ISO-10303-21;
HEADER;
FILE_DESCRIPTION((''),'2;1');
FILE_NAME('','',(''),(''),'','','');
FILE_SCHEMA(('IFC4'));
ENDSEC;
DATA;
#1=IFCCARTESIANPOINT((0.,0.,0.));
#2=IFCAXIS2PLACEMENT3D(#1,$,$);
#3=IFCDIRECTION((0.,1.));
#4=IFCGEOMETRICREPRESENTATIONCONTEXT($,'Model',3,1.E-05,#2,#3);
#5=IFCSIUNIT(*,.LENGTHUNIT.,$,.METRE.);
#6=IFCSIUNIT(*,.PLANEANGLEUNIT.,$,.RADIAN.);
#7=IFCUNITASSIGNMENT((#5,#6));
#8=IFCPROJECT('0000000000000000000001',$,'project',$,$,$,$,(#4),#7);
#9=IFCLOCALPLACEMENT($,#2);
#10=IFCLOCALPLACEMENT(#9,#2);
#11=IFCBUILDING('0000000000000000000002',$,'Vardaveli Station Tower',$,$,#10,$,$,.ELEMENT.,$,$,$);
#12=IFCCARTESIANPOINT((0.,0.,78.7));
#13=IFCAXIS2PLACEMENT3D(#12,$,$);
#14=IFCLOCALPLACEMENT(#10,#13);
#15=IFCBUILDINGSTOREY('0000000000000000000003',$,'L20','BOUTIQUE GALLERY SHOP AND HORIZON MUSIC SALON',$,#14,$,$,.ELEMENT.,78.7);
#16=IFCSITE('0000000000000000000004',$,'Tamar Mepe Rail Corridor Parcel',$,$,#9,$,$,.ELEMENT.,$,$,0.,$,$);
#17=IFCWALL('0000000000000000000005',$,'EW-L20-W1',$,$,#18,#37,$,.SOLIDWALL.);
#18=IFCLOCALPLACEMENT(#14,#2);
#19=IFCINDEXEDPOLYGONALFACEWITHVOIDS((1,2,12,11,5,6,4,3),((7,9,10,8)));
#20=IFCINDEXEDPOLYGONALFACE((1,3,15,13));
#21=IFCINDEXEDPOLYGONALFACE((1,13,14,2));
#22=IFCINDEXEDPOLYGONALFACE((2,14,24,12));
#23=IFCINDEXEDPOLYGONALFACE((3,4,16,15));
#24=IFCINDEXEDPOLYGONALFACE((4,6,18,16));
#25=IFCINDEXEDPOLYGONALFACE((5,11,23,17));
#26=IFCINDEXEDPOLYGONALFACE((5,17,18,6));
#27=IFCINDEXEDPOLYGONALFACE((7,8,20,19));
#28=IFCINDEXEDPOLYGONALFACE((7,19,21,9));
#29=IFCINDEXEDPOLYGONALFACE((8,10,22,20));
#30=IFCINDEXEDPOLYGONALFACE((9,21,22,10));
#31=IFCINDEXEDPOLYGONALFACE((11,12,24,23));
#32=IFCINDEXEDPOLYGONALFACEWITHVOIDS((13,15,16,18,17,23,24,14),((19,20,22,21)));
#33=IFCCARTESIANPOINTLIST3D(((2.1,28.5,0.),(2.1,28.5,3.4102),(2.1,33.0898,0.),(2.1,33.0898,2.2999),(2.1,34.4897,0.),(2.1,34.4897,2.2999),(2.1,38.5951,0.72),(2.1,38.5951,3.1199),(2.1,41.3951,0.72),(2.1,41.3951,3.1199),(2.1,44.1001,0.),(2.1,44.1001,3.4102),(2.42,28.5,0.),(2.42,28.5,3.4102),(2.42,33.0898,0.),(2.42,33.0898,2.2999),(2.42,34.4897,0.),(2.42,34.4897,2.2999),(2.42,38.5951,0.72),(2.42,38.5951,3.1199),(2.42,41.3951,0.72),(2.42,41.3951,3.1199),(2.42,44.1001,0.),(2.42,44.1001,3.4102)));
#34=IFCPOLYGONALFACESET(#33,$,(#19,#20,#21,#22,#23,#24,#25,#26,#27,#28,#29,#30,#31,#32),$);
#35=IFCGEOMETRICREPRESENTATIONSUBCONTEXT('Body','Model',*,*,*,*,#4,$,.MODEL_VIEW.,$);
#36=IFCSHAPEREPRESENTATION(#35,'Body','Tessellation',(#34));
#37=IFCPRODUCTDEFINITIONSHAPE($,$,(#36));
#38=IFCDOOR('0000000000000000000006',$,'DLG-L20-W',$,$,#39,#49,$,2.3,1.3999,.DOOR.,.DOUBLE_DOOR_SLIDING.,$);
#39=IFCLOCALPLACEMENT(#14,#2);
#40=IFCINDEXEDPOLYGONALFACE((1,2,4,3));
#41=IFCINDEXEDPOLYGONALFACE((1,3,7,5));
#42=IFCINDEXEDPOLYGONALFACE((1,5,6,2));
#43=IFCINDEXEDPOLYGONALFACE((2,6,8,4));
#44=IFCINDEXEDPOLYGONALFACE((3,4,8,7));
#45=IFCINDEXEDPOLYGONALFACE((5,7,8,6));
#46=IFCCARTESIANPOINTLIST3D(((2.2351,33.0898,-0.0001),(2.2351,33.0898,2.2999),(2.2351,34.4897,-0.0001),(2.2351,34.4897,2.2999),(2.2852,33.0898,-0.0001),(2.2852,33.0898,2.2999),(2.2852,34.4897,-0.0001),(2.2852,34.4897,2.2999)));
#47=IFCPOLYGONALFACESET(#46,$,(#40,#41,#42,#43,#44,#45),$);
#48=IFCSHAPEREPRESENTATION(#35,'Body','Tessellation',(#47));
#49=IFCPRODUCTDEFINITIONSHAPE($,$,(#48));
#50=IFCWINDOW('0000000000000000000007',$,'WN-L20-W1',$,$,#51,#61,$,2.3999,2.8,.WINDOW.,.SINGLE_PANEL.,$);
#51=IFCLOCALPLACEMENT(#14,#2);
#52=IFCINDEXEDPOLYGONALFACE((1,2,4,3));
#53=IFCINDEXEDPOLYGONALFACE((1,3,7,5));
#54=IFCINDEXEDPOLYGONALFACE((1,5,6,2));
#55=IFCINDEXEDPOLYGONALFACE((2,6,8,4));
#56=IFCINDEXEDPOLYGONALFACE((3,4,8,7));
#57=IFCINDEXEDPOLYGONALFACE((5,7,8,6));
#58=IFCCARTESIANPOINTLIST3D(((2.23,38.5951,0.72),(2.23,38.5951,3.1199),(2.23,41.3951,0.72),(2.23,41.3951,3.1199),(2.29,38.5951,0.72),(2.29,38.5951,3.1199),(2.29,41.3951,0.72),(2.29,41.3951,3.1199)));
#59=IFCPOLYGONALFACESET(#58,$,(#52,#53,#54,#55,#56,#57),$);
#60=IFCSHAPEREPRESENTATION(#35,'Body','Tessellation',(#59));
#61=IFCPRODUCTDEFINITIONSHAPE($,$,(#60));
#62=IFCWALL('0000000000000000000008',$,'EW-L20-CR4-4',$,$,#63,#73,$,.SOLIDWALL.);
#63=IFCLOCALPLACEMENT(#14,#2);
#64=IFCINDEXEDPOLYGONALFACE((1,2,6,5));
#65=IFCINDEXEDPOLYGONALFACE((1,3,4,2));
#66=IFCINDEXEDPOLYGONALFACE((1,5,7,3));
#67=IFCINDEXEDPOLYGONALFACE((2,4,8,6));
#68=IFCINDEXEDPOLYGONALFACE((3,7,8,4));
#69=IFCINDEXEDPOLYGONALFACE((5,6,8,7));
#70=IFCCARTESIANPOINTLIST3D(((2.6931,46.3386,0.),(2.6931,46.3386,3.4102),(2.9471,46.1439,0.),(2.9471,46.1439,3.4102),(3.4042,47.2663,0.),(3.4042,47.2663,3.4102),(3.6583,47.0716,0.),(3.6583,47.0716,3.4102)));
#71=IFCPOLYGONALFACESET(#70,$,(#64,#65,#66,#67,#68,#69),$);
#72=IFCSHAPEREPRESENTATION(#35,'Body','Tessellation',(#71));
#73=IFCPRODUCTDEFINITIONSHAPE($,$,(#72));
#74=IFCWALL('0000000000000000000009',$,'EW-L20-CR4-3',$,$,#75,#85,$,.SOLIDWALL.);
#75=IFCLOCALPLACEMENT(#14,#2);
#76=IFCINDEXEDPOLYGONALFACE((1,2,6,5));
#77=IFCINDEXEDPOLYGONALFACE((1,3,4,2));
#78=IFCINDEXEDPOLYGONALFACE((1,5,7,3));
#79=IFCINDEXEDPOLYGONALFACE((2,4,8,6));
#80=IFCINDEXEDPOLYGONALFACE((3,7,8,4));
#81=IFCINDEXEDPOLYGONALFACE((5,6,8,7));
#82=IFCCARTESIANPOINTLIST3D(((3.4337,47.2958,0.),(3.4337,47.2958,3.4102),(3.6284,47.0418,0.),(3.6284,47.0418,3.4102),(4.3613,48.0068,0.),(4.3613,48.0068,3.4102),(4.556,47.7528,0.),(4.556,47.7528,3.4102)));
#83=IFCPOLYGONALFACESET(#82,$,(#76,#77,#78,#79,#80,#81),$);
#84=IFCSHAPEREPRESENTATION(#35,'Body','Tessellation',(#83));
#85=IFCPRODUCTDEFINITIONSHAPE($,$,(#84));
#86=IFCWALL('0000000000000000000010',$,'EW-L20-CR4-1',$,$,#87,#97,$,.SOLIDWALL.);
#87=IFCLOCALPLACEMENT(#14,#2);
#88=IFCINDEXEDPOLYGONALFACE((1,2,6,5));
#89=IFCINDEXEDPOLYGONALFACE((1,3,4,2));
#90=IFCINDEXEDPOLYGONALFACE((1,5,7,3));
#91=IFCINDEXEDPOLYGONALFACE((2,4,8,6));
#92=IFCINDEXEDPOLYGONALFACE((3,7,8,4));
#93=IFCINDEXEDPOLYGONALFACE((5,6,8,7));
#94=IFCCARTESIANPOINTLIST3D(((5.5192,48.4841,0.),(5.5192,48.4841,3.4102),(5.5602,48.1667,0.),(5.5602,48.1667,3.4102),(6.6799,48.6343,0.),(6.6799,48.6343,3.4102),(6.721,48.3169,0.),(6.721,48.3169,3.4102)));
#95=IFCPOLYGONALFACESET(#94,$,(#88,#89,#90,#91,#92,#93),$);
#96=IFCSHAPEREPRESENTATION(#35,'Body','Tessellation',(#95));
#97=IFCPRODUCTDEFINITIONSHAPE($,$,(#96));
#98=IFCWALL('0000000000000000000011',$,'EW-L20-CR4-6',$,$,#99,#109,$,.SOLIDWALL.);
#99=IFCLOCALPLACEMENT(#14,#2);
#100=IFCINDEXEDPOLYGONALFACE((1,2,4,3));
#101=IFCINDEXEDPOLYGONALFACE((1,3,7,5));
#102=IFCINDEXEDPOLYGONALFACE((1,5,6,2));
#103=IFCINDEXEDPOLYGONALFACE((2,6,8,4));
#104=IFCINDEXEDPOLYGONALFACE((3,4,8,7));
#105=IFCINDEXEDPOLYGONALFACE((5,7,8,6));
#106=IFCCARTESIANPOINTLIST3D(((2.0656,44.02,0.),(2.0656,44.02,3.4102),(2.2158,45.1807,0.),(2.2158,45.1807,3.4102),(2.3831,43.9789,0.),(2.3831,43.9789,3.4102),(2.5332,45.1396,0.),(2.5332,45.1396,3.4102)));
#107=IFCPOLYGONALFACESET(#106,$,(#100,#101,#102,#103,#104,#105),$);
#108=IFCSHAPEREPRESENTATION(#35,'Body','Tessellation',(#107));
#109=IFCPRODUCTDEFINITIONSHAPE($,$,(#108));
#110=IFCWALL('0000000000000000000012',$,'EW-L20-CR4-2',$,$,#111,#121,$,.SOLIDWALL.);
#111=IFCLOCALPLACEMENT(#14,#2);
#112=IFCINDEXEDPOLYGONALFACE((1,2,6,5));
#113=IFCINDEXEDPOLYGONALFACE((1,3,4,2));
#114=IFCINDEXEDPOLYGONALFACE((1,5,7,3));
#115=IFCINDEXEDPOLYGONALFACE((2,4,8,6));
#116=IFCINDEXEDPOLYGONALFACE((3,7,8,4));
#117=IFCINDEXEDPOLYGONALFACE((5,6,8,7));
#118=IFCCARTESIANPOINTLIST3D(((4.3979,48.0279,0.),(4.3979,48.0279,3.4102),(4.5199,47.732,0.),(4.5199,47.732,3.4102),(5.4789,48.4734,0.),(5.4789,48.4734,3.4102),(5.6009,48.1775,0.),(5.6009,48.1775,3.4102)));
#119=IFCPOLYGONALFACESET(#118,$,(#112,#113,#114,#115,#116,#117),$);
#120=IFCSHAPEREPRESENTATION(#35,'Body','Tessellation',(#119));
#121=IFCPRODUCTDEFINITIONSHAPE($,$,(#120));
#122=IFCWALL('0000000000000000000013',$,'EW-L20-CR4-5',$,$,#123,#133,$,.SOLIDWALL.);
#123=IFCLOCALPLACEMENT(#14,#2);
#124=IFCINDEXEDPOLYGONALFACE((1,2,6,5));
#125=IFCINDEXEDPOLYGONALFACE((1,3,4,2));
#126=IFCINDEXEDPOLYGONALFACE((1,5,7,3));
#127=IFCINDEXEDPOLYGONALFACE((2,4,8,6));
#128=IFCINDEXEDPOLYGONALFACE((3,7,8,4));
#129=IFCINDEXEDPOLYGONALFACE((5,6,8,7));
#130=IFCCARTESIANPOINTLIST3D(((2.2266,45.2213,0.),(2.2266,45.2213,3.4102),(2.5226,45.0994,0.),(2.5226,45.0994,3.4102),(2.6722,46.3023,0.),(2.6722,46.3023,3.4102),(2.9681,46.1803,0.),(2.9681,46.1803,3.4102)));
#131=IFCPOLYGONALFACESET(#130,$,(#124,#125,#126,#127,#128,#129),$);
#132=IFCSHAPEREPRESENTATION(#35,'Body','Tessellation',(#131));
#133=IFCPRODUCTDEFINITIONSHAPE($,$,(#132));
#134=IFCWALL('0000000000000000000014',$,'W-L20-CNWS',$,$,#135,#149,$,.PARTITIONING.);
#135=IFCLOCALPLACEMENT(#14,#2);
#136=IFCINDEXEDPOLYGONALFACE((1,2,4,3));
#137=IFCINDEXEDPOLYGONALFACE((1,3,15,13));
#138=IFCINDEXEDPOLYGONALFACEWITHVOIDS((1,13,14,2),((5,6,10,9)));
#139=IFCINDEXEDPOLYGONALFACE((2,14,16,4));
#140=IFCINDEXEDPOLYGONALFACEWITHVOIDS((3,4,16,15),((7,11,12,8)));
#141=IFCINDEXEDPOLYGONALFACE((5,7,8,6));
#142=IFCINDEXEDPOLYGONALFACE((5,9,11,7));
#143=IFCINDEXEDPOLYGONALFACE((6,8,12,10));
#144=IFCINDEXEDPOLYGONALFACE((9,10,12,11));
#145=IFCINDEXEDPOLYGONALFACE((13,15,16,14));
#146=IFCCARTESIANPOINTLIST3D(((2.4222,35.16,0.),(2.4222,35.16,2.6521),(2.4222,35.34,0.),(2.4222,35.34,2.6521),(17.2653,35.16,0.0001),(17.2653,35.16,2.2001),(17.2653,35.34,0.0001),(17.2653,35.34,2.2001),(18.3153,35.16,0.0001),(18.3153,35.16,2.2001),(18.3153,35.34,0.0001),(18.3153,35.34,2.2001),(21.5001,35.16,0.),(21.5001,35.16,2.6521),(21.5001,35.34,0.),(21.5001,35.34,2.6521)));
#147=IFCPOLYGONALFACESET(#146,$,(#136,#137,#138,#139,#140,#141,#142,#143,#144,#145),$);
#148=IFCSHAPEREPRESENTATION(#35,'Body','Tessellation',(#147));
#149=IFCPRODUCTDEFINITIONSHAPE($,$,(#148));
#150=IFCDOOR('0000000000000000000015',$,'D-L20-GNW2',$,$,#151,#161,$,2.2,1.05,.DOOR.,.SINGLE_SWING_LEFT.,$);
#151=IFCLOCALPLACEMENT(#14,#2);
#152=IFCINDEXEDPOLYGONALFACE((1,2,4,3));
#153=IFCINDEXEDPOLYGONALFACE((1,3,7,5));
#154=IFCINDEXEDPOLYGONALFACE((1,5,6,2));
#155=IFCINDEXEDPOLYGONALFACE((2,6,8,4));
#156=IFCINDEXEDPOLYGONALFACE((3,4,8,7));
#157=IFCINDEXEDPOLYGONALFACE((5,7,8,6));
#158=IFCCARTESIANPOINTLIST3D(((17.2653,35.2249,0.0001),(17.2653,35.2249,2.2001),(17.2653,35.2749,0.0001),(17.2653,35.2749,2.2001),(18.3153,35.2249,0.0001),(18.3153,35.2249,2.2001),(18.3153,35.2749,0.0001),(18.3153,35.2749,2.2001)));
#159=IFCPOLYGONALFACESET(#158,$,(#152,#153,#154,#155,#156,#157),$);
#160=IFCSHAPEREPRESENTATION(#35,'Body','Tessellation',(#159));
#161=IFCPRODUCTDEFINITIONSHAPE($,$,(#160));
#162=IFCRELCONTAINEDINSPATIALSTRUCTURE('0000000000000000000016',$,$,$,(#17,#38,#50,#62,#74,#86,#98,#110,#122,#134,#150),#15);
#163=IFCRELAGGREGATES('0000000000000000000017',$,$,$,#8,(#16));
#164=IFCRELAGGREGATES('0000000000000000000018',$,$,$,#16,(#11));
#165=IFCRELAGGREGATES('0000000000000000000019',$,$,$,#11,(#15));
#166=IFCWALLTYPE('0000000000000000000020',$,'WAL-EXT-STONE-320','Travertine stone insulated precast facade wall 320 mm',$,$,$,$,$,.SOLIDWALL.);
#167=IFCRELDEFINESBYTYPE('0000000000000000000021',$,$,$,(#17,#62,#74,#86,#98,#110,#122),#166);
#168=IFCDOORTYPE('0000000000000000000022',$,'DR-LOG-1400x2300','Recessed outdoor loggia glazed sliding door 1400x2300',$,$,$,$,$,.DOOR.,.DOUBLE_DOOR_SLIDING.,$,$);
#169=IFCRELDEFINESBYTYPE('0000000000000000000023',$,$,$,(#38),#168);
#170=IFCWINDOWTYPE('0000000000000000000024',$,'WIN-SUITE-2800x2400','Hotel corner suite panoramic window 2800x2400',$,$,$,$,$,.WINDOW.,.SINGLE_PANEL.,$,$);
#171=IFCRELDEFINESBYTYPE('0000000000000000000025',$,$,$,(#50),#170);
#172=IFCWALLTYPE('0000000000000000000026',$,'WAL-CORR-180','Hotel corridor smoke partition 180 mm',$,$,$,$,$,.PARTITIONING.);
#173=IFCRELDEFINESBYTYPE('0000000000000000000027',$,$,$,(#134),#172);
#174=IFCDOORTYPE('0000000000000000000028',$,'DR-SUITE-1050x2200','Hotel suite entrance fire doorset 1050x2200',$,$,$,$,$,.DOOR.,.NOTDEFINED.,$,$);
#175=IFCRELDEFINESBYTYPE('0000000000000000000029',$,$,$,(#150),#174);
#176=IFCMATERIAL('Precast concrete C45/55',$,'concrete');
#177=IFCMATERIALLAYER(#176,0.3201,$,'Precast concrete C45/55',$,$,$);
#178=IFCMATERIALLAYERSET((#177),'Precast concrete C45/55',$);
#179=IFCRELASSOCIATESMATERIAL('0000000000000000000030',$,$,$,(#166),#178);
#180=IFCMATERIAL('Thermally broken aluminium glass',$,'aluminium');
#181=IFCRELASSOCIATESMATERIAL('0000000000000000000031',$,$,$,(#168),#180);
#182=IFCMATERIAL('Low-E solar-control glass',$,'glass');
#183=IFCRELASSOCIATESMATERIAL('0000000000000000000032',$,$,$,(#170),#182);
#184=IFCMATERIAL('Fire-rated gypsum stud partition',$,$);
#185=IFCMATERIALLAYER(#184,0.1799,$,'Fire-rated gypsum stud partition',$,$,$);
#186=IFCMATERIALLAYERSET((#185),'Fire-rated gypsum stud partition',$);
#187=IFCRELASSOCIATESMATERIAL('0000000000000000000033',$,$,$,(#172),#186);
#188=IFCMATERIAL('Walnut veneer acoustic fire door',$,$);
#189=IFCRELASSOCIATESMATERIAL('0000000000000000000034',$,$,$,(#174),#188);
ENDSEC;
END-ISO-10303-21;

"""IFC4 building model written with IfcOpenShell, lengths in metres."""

from ifc_helpers import new_model, si_unit, direction, frame, frame_2d, origin, place, context, subcontext, project, spatial, rectangle, extrude, source, transform, mapped, material, layer, layer_set, type_object, element, fill, save


model = new_model("IFC4")

# Units and contexts
model_context = context("Model", 3, precision=1e-05, world=origin(), true_north=direction((0.0, 1.0)))
body_context = subcontext(model_context, "Body", "Model", "MODEL_VIEW")
ifc_project = project(units=[si_unit("LENGTHUNIT", "METRE"), si_unit("PLANEANGLEUNIT", "RADIAN")], contexts=[model_context])

# Site, building, storey
site_placement = place(None, origin())
site = spatial("IfcSite", under=ifc_project, at=site_placement, Name="Tamar Mepe Rail Corridor Parcel", CompositionType="ELEMENT", RefElevation=0.0)
building_placement = place(site_placement, origin())
building = spatial("IfcBuilding", under=site, at=building_placement, Name="Vardaveli Station Tower", CompositionType="ELEMENT")
storey_placement = place(building_placement, frame((0.0, 0.0, 78.7)))
storey = spatial("IfcBuildingStorey", under=building, at=storey_placement, Name="L20", Description="BOUTIQUE GALLERY SHOP AND HORIZON MUSIC SALON", CompositionType="ELEMENT", Elevation=78.7)

# Shared definitions
ifc_material_1 = material(Name="Precast concrete C45/55", Category="concrete")

# Wall, openings, door, window
ifc_layer_1 = layer(ifc_material_1, 0.3201, Name="Precast concrete C45/55")
ifc_layer_set_1 = layer_set([ifc_layer_1], Name="Precast concrete C45/55")
wall_type_1 = type_object("IfcWallType", Name="WAL-EXT-STONE-320", Description="Travertine stone insulated precast facade wall 320 mm", PredefinedType="SOLIDWALL", material=ifc_layer_set_1)
shared_shape_1 = source(origin(), body_context, "Body", "SweptSolid", [
    extrude(rectangle(XDim=15.6001, YDim=0.3201, at=frame_2d((7.8, 0.0))), origin(), (0.0, 0.0, 1.0), 3.4102),
])
wall_1_placement = place(storey_placement, frame((2.26, 44.1001, 0.0), z_axis=(0.0, 0.0, 1.0), x_axis=(0.0, -1.0, 0.0)))
wall_1 = element("IfcWall", 1, at=wall_1_placement, inside=storey, type_object=wall_type_1, Name="EW-L20-W1", PredefinedType="SOLIDWALL", context=body_context, shape_type="MappedRepresentation", body=[
    mapped(shared_shape_1, transform((0.0, 0.0, 0.0), scale=1.0)),
])
shared_shape_2 = source(origin(), body_context, "Body", "SweptSolid", [
    extrude(rectangle(XDim=1.3999, YDim=2.3, at=frame_2d((0.7, 1.1499))), frame((0.0, 0.1699, 0.0), z_axis=(0.0, -1.0, 0.0), x_axis=(1.0, 0.0, 0.0)), (0.0, 0.0, 1.0), 0.3401),
])
opening_1_placement = place(wall_1_placement, frame((9.6104, 0.0, 0.0)))
opening_1 = element("IfcOpeningElement", 2, at=opening_1_placement, cuts=wall_1, PredefinedType="OPENING", context=body_context, shape_type="MappedRepresentation", body=[
    mapped(shared_shape_2, transform((0.0, 0.0, 0.0), scale=1.0)),
])
shared_shape_3 = source(origin(), body_context, "Body", "SweptSolid", [
    extrude(rectangle(XDim=2.8, YDim=2.3999, at=frame_2d((1.3999, 1.2))), frame((0.0, 0.1699, 0.0), z_axis=(0.0, -1.0, 0.0), x_axis=(1.0, 0.0, 0.0)), (0.0, 0.0, 1.0), 0.3401),
])
opening_2_placement = place(wall_1_placement, frame((2.7051, 0.0, 0.72)))
opening_2 = element("IfcOpeningElement", 3, at=opening_2_placement, cuts=wall_1, PredefinedType="OPENING", context=body_context, shape_type="MappedRepresentation", body=[
    mapped(shared_shape_3, transform((0.0, 0.0, 0.0), scale=1.0)),
])
ifc_material_2 = material(Name="Thermally broken aluminium glass", Category="aluminium")
door_type_1 = type_object("IfcDoorType", Name="DR-LOG-1400x2300", Description="Recessed outdoor loggia glazed sliding door 1400x2300", OperationType="DOUBLE_DOOR_SLIDING", PredefinedType="DOOR", material=ifc_material_2)
shared_shape_4 = source(origin(), body_context, "Body", "SweptSolid", [
    extrude(rectangle(XDim=1.3999, YDim=2.3, at=frame_2d((0.7, 1.1499))), frame((0.0, 0.0249, 0.0), z_axis=(0.0, -1.0, 0.0), x_axis=(1.0, 0.0, 0.0)), (0.0, 0.0, 1.0), 0.05),
])
door_1_placement = place(opening_1_placement, frame((1.3999, 0.0, 0.0), z_axis=(0.0, 0.0, 1.0), x_axis=(-1.0, 0.0, 0.0)))
door_1 = element("IfcDoor", 4, at=door_1_placement, inside=storey, type_object=door_type_1, Name="DLG-L20-W", OperationType="DOUBLE_DOOR_SLIDING", OverallHeight=2.3, OverallWidth=1.3999, PredefinedType="DOOR", context=body_context, shape_type="MappedRepresentation", body=[
    mapped(shared_shape_4, transform((0.0, 0.0, 0.0), scale=1.0)),
])
fill(opening_1, door_1)
ifc_material_3 = material(Name="Low-E solar-control glass", Category="glass")
window_type = type_object("IfcWindowType", Name="WIN-SUITE-2800x2400", Description="Hotel corner suite panoramic window 2800x2400", PartitioningType="SINGLE_PANEL", PredefinedType="WINDOW", material=ifc_material_3)
shared_shape_5 = source(origin(), body_context, "Body", "SweptSolid", [
    extrude(rectangle(XDim=2.8, YDim=2.3999, at=frame_2d((1.3999, 1.2))), frame((0.0, 0.03, 0.0), z_axis=(0.0, -1.0, 0.0), x_axis=(1.0, 0.0, 0.0)), (0.0, 0.0, 1.0), 0.0601),
])
window_placement = place(opening_2_placement, origin())
window = element("IfcWindow", 5, at=window_placement, inside=storey, type_object=window_type, Name="WN-L20-W1", OverallHeight=2.3999, OverallWidth=2.8, PartitioningType="SINGLE_PANEL", PredefinedType="WINDOW", context=body_context, shape_type="MappedRepresentation", body=[
    mapped(shared_shape_5, transform((0.0, 0.0, 0.0), scale=1.0)),
])
fill(opening_2, window)

# Walls
shared_shape_6 = source(origin(), body_context, "Body", "SweptSolid", [
    extrude(rectangle(XDim=1.1689, YDim=0.3201, at=frame_2d((0.5845, 0.0))), origin(), (0.0, 0.0, 1.0), 3.4102),
])
wall_2_placement = place(storey_placement, frame((3.5312, 47.1689, 0.0), z_axis=(0.0, 0.0, 1.0), x_axis=(-0.608388, -0.79364, 0.0)))
element("IfcWall", 6, at=wall_2_placement, inside=storey, type_object=wall_type_1, Name="EW-L20-CR4-4", PredefinedType="SOLIDWALL", context=body_context, shape_type="MappedRepresentation", body=[
    mapped(shared_shape_6, transform((0.0, 0.0, 0.0), scale=1.0)),
])
shared_shape_7 = source(origin(), body_context, "Body", "SweptSolid", [
    extrude(rectangle(XDim=1.1687, YDim=0.3201, at=frame_2d((0.5845, 0.0))), origin(), (0.0, 0.0, 1.0), 3.4102),
])
wall_3_placement = place(storey_placement, frame((4.4587, 47.8799, 0.0), z_axis=(0.0, 0.0, 1.0), x_axis=(-0.793664, -0.608357, 0.0)))
element("IfcWall", 7, at=wall_3_placement, inside=storey, type_object=wall_type_1, Name="EW-L20-CR4-3", PredefinedType="SOLIDWALL", context=body_context, shape_type="MappedRepresentation", body=[
    mapped(shared_shape_7, transform((0.0, 0.0, 0.0), scale=1.0)),
])
shared_shape_8 = source(origin(), body_context, "Body", "SweptSolid", [
    extrude(rectangle(XDim=1.1704, YDim=0.3201, at=frame_2d((0.5852, 0.0))), origin(), (0.0, 0.0, 1.0), 3.4102),
])
for number, where, z_axis, x_axis, name in (
    (8, (6.7004, 48.4756, 0.0), (0.0, 0.0, 1.0), (-0.991736, -0.128296, 0.0), "EW-L20-CR4-1"),
    (9, (2.3745, 45.1602, 0.0), (0.0, 0.0, 1.0), (-0.128296, -0.991736, 0.0), "EW-L20-CR4-6"),
):
    element("IfcWall", number, at=place(storey_placement, frame(where, z_axis=z_axis, x_axis=x_axis)), inside=storey, type_object=wall_type_1, Name=name, PredefinedType="SOLIDWALL", context=body_context, shape_type="MappedRepresentation", body=[
        mapped(shared_shape_8, transform((0.0, 0.0, 0.0), scale=1.0)),
    ])
shared_shape_9 = source(origin(), body_context, "Body", "SweptSolid", [
    extrude(rectangle(XDim=1.1692, YDim=0.3201, at=frame_2d((0.5845, 0.0))), origin(), (0.0, 0.0, 1.0), 3.4102),
])
for number, where, z_axis, x_axis, name in (
    (10, (5.5398, 48.3254, 0.0), (0.0, 0.0, 1.0), (-0.924553, -0.381054, 0.0), "EW-L20-CR4-2"),
    (11, (2.8201, 46.2412, 0.0), (0.0, 0.0, 1.0), (-0.381054, -0.924553, 0.0), "EW-L20-CR4-5"),
):
    element("IfcWall", number, at=place(storey_placement, frame(where, z_axis=z_axis, x_axis=x_axis)), inside=storey, type_object=wall_type_1, Name=name, PredefinedType="SOLIDWALL", context=body_context, shape_type="MappedRepresentation", body=[
        mapped(shared_shape_9, transform((0.0, 0.0, 0.0), scale=1.0)),
    ])

# Wall, opening, door
ifc_material_4 = material(Name="Fire-rated gypsum stud partition")
ifc_layer_2 = layer(ifc_material_4, 0.1799, Name="Fire-rated gypsum stud partition")
ifc_layer_set_2 = layer_set([ifc_layer_2], Name="Fire-rated gypsum stud partition")
wall_type_2 = type_object("IfcWallType", Name="WAL-CORR-180", Description="Hotel corridor smoke partition 180 mm", PredefinedType="PARTITIONING", material=ifc_layer_set_2)
shared_shape_10 = source(origin(), body_context, "Body", "SweptSolid", [
    extrude(rectangle(XDim=19.0779, YDim=0.1799, at=frame_2d((9.5391, 0.0))), origin(), (0.0, 0.0, 1.0), 2.6521),
])
wall_4_placement = place(storey_placement, frame((2.4221, 35.25, 0.0), z_axis=(0.0, 0.0, 1.0), x_axis=(1.0, 0.0, 0.0)))
wall_4 = element("IfcWall", 12, at=wall_4_placement, inside=storey, type_object=wall_type_2, Name="W-L20-CNWS", PredefinedType="PARTITIONING", context=body_context, shape_type="MappedRepresentation", body=[
    mapped(shared_shape_10, transform((0.0, 0.0, 0.0), scale=1.0)),
])
shared_shape_11 = source(origin(), body_context, "Body", "SweptSolid", [
    extrude(rectangle(XDim=1.05, YDim=2.2, at=frame_2d((0.5249, 1.1001))), frame((0.0, 0.1001, 0.0), z_axis=(0.0, -1.0, 0.0), x_axis=(1.0, 0.0, 0.0)), (0.0, 0.0, 1.0), 0.2),
])
opening_3_placement = place(wall_4_placement, frame((14.8433, 0.0, 0.0)))
opening_3 = element("IfcOpeningElement", 13, at=opening_3_placement, cuts=wall_4, PredefinedType="OPENING", context=body_context, shape_type="MappedRepresentation", body=[
    mapped(shared_shape_11, transform((0.0, 0.0, 0.0), scale=1.0)),
])
ifc_material_5 = material(Name="Walnut veneer acoustic fire door")
door_type_2 = type_object("IfcDoorType", Name="DR-SUITE-1050x2200", Description="Hotel suite entrance fire doorset 1050x2200", OperationType="NOTDEFINED", PredefinedType="DOOR", material=ifc_material_5)
shared_shape_12 = source(origin(), body_context, "Body", "SweptSolid", [
    extrude(rectangle(XDim=1.05, YDim=2.2, at=frame_2d((0.5249, 1.1001))), frame((0.0, 0.0249, 0.0), z_axis=(0.0, -1.0, 0.0), x_axis=(1.0, 0.0, 0.0)), (0.0, 0.0, 1.0), 0.05),
])
door_2_placement = place(opening_3_placement, origin())
door_2 = element("IfcDoor", 14, at=door_2_placement, inside=storey, type_object=door_type_2, Name="D-L20-GNW2", OperationType="SINGLE_SWING_LEFT", OverallHeight=2.2, OverallWidth=1.05, PredefinedType="DOOR", context=body_context, shape_type="MappedRepresentation", body=[
    mapped(shared_shape_12, transform((0.0, 0.0, 0.0), scale=1.0)),
])
fill(opening_3, door_2)

save(model, "model.ifc")
